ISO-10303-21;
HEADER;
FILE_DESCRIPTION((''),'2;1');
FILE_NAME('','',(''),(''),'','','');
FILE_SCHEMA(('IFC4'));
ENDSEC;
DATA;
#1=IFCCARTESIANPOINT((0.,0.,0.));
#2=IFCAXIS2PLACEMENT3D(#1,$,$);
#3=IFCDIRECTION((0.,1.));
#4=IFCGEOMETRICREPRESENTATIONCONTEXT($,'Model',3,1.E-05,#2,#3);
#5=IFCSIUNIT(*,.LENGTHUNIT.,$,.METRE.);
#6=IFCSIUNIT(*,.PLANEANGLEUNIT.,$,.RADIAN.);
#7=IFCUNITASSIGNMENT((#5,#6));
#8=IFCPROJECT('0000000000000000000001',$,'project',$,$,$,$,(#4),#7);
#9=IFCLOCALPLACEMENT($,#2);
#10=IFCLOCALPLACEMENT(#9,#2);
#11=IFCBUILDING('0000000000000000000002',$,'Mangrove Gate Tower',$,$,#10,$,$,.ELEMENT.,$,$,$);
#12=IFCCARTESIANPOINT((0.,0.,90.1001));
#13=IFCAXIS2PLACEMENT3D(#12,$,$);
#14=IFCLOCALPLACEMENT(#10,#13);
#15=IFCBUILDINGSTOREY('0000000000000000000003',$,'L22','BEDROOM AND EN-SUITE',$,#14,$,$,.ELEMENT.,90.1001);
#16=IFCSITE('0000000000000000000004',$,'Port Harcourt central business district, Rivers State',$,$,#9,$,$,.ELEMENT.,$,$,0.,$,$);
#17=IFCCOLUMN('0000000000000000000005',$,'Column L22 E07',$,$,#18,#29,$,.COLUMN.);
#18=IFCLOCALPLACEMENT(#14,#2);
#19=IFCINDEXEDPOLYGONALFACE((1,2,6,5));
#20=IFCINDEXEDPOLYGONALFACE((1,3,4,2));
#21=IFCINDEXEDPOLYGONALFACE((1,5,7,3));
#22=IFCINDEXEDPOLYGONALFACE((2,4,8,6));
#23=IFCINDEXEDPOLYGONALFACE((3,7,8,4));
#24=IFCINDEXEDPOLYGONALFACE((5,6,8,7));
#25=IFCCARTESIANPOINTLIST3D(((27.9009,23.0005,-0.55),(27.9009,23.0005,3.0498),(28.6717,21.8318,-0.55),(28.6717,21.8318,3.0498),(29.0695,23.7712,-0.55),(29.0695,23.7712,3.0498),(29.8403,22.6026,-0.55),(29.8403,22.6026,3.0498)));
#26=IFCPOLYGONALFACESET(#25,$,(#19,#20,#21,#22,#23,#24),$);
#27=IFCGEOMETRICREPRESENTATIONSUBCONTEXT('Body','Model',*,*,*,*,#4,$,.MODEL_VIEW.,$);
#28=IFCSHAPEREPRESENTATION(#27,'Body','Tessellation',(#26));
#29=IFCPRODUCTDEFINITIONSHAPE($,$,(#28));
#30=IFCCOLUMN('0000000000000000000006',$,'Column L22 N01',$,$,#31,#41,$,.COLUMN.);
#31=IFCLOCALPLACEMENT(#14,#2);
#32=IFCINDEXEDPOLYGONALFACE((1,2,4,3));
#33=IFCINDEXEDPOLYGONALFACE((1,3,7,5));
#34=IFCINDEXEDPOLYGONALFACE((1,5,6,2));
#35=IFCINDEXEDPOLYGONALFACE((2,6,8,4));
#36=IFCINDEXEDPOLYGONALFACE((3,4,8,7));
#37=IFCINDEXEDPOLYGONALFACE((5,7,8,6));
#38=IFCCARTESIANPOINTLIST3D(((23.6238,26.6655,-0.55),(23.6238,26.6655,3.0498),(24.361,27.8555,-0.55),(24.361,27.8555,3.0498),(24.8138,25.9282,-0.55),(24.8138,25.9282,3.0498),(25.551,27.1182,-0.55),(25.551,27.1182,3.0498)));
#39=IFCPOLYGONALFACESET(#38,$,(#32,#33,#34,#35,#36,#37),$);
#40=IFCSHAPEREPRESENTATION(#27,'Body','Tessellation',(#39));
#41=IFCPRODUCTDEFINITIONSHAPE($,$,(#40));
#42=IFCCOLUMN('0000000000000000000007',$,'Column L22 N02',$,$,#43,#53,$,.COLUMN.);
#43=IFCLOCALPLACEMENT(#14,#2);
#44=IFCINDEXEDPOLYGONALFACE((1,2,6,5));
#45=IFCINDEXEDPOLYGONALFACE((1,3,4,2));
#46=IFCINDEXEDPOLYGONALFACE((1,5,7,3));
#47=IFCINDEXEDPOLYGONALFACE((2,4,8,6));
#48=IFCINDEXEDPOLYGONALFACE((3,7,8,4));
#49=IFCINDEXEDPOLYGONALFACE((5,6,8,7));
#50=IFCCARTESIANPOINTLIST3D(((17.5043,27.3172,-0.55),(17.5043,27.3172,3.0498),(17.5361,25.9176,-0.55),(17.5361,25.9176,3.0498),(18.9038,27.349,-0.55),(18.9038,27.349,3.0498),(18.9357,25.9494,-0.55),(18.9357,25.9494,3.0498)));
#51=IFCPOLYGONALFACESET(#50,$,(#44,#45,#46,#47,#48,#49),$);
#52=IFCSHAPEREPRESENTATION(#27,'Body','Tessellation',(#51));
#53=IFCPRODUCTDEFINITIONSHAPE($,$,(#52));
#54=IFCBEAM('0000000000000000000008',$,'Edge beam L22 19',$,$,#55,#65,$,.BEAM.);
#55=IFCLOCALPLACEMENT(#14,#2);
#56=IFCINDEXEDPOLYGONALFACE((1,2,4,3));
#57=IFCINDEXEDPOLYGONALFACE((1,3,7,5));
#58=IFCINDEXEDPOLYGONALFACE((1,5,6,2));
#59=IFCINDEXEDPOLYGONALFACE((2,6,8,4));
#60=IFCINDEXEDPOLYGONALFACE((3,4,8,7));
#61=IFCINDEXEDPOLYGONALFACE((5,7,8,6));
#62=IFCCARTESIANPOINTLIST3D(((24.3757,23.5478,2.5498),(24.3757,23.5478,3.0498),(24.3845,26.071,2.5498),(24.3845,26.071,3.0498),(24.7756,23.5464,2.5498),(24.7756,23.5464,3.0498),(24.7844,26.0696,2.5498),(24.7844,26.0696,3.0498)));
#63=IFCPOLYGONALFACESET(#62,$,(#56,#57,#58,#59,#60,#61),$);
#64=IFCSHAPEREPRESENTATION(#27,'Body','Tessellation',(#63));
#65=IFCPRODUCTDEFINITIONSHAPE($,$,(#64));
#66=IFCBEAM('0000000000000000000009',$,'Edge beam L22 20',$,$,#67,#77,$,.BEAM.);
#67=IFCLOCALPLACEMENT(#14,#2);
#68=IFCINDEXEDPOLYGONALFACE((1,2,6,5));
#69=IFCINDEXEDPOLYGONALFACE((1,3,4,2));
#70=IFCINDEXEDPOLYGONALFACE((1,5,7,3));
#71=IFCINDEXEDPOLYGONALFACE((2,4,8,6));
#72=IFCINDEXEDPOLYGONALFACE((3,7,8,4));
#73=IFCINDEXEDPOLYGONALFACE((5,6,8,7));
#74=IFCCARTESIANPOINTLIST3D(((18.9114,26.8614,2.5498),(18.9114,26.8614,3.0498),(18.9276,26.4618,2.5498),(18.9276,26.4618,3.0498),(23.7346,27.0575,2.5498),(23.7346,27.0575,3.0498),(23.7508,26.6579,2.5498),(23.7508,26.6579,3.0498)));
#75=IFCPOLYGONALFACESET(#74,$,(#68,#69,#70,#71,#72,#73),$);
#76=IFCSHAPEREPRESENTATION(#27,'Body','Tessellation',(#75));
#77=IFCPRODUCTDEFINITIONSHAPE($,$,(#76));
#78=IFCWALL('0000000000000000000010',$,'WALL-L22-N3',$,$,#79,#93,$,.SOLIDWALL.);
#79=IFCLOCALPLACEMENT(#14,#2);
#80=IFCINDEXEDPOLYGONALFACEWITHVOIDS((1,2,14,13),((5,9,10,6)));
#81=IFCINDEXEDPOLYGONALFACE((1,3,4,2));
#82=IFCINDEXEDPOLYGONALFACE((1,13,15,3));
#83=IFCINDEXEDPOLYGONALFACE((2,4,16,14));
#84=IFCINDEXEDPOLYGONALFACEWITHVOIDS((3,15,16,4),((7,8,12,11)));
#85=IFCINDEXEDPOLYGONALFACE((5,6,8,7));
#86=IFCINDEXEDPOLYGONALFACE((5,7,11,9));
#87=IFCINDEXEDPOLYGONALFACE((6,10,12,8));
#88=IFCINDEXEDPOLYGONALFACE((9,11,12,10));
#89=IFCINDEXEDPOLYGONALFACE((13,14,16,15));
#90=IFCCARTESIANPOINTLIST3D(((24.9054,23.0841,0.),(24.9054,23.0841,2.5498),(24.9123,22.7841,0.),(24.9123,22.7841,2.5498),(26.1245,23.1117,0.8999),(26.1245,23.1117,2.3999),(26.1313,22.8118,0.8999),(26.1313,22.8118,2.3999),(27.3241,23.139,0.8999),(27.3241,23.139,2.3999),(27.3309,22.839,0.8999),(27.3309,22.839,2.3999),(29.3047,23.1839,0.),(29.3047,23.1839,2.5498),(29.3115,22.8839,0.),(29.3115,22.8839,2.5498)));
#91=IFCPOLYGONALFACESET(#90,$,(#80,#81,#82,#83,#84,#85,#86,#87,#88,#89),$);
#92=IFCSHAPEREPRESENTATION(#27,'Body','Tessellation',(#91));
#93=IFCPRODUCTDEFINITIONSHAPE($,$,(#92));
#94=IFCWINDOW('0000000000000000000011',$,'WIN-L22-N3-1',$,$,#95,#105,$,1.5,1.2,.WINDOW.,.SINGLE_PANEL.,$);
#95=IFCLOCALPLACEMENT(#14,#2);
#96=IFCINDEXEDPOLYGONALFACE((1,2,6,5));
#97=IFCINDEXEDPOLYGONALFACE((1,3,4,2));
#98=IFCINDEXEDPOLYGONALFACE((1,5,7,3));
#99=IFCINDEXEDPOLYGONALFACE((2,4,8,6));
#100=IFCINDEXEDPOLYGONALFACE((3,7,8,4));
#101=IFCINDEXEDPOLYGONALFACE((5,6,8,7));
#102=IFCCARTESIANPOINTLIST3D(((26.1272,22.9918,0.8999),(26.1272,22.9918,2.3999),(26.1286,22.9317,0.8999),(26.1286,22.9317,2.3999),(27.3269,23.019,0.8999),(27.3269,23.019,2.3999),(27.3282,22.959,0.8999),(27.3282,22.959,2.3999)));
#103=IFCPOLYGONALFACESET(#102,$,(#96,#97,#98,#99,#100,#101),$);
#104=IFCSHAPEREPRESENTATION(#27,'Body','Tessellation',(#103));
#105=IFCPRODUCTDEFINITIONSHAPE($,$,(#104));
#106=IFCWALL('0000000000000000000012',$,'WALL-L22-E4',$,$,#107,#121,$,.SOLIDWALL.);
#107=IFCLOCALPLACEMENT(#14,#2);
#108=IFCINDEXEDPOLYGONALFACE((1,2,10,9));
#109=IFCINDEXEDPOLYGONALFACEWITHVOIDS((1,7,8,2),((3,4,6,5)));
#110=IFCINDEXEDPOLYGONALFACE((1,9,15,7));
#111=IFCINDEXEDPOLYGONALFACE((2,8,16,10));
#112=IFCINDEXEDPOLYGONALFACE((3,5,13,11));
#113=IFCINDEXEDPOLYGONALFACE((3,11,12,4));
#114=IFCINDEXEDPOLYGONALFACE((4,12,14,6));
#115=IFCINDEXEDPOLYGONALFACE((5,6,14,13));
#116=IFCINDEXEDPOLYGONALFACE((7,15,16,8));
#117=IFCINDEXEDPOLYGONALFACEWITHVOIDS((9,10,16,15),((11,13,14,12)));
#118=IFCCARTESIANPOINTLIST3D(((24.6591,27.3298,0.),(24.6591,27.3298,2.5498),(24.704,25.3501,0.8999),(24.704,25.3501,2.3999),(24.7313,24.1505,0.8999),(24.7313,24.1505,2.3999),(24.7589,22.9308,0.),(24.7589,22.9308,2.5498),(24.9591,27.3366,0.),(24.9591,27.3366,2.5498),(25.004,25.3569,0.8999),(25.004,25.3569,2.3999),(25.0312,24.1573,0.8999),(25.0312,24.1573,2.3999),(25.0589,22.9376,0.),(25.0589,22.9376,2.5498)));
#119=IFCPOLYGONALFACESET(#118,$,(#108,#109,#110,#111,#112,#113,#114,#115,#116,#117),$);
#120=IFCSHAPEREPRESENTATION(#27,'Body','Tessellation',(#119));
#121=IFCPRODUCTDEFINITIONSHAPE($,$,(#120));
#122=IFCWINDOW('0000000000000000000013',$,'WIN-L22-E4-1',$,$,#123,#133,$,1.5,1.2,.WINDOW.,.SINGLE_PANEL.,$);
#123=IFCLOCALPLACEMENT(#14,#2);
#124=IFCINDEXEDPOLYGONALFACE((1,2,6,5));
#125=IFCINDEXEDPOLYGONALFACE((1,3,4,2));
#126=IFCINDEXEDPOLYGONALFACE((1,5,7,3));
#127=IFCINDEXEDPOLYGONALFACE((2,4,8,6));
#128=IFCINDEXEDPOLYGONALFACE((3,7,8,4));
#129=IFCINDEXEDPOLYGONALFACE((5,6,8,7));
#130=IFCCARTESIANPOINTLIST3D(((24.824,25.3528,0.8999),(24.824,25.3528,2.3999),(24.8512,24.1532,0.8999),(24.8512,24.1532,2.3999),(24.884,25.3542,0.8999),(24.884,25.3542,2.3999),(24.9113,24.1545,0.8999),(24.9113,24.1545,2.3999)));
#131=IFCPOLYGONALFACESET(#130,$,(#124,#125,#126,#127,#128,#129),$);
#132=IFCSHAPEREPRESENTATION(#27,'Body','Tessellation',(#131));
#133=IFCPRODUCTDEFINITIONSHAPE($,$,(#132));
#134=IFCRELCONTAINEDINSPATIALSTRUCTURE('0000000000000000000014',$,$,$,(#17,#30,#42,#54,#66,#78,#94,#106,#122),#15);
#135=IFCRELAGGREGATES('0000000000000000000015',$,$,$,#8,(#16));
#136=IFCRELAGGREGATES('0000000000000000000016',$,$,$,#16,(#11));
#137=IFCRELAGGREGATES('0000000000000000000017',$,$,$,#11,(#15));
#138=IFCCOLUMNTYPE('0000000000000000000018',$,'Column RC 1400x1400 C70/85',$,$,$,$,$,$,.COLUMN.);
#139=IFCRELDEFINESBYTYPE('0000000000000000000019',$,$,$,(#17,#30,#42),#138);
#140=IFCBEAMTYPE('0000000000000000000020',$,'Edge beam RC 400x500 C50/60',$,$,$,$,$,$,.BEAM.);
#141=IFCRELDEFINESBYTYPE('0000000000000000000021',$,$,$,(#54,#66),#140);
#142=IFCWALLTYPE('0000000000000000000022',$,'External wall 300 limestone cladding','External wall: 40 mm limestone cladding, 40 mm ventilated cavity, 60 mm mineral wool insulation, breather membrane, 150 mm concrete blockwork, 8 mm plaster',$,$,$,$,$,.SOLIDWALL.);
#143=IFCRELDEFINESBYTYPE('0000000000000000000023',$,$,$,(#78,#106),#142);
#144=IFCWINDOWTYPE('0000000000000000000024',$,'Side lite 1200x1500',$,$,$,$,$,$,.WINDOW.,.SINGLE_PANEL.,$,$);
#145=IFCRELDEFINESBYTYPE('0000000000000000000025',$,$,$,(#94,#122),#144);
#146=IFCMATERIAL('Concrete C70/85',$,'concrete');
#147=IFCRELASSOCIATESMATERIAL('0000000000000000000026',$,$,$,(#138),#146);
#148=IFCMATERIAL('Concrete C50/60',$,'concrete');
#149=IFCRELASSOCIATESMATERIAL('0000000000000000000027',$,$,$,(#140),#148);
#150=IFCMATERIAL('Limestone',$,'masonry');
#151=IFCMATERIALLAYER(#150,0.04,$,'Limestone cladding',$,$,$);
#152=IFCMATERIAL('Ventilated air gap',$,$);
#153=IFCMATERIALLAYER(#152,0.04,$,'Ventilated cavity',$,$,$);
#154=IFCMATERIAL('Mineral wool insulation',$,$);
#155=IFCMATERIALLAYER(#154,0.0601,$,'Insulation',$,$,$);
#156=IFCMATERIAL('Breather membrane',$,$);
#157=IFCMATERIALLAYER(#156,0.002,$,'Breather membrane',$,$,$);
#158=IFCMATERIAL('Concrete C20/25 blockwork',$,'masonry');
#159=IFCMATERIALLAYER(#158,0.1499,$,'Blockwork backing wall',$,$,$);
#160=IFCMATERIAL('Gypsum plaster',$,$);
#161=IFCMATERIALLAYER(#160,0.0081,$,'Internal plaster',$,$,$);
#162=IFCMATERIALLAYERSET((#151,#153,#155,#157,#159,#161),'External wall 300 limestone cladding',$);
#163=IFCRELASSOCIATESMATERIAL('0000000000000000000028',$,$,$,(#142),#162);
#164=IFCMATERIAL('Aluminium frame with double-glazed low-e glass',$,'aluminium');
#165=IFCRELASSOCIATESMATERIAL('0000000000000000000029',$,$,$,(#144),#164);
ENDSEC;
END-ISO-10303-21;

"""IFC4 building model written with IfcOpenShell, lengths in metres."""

from ifc_helpers import new_model, si_unit, direction, frame, frame_2d, origin, origin_2d, place, context, subcontext, project, spatial, rectangle, extrude, material, layer, layer_set, material_profile, profile_set, type_object, element, fill, save


model = new_model("IFC4")

# Units and contexts
model_context = context("Model", 3, precision=1e-05, world=origin(), true_north=direction((0.0, 1.0)))
body_context = subcontext(model_context, "Body", "Model", "MODEL_VIEW")
ifc_project = project(units=[si_unit("LENGTHUNIT", "METRE"), si_unit("PLANEANGLEUNIT", "RADIAN")], contexts=[model_context])

# Site, building, storey
site_placement = place(None, origin())
site = spatial("IfcSite", under=ifc_project, at=site_placement, Name="Port Harcourt central business district, Rivers State", CompositionType="ELEMENT", RefElevation=0.0)
building_placement = place(site_placement, origin())
building = spatial("IfcBuilding", under=site, at=building_placement, Name="Mangrove Gate Tower", CompositionType="ELEMENT")
storey_placement = place(building_placement, frame((0.0, 0.0, 90.1001)))
storey = spatial("IfcBuildingStorey", under=building, at=storey_placement, Name="L22", Description="BEDROOM AND EN-SUITE", CompositionType="ELEMENT", Elevation=90.1001)

# Columns
ifc_material_1 = material(Name="Concrete C70/85", Category="concrete")
ifc_material_profile_1 = material_profile(ifc_material_1, rectangle(XDim=1.3999, YDim=1.3999, at=origin_2d()))
ifc_profile_set_1 = profile_set([ifc_material_profile_1], Name="Concrete C70/85")
column_type = type_object("IfcColumnType", Name="Column RC 1400x1400 C70/85", PredefinedType="COLUMN", material=ifc_profile_set_1)
for number, where, z_axis, x_axis, name in (
    (1, (28.8706, 22.8015, -0.55), (0.0, 0.0, 1.0), (-0.550568, 0.83479, 0.0), "Column L22 E07"),
    (2, (24.5874, 26.8918, -0.55), (0.0, 0.0, 1.0), (-0.850083, 0.526649, 0.0), "Column L22 N01"),
    (3, (18.22, 26.6333, -0.55), (0.0, 0.0, 1.0), (-0.999742, -0.02273, 0.0), "Column L22 N02"),
):
    element("IfcColumn", number, at=place(storey_placement, frame(where, z_axis=z_axis, x_axis=x_axis)), inside=storey, type_object=column_type, Name=name, PredefinedType="COLUMN", context=body_context, shape_type="SweptSolid", body=[
        extrude(rectangle(XDim=1.3999, YDim=1.3999, at=origin_2d()), origin(), (0.0, 0.0, 1.0), 3.5999),
    ])

# Beams
ifc_material_2 = material(Name="Concrete C50/60", Category="concrete")
ifc_material_profile_2 = material_profile(ifc_material_2, rectangle(XDim=0.3999, YDim=0.5, at=origin_2d()))
ifc_profile_set_2 = profile_set([ifc_material_profile_2], Name="Concrete C50/60")
beam_type = type_object("IfcBeamType", Name="Edge beam RC 400x500 C50/60", PredefinedType="BEAM", material=ifc_profile_set_2)
beam_1_placement = place(storey_placement, frame((24.5757, 23.5471, 2.7998), z_axis=(0.003483, 0.999994, 0.0), x_axis=(-0.999994, 0.003483, 0.0)))
element("IfcBeam", 4, at=beam_1_placement, inside=storey, type_object=beam_type, Name="Edge beam L22 19", PredefinedType="BEAM", context=body_context, shape_type="SweptSolid", body=[
    extrude(rectangle(XDim=0.3999, YDim=0.5, at=origin_2d()), origin(), (0.0, 0.0, 1.0), 2.5232),
])
beam_2_placement = place(storey_placement, frame((23.7427, 26.8577, 2.7998), z_axis=(-0.999175, -0.040612, 0.0), x_axis=(0.040612, -0.999175, 0.0)))
element("IfcBeam", 5, at=beam_2_placement, inside=storey, type_object=beam_type, Name="Edge beam L22 20", PredefinedType="BEAM", context=body_context, shape_type="SweptSolid", body=[
    extrude(rectangle(XDim=0.3999, YDim=0.5, at=origin_2d()), origin(), (0.0, 0.0, 1.0), 4.8271),
])

# Walls, openings, windows
ifc_material_3 = material(Name="Limestone", Category="masonry")
ifc_layer_1 = layer(ifc_material_3, 0.04, Name="Limestone cladding")
ifc_material_4 = material(Name="Ventilated air gap")
ifc_layer_2 = layer(ifc_material_4, 0.04, Name="Ventilated cavity")
ifc_material_5 = material(Name="Mineral wool insulation")
ifc_layer_3 = layer(ifc_material_5, 0.0601, Name="Insulation")
ifc_material_6 = material(Name="Breather membrane")
ifc_layer_4 = layer(ifc_material_6, 0.002, Name="Breather membrane")
ifc_material_7 = material(Name="Concrete C20/25 blockwork", Category="masonry")
ifc_layer_5 = layer(ifc_material_7, 0.1499, Name="Blockwork backing wall")
ifc_material_8 = material(Name="Gypsum plaster")
ifc_layer_6 = layer(ifc_material_8, 0.0081, Name="Internal plaster")
ifc_layer_set = layer_set([ifc_layer_1, ifc_layer_2, ifc_layer_3, ifc_layer_4, ifc_layer_5, ifc_layer_6], Name="External wall 300 limestone cladding")
wall_type = type_object("IfcWallType", Name="External wall 300 limestone cladding", Description="External wall: 40 mm limestone cladding, 40 mm ventilated cavity, 60 mm mineral wool insulation, breather membrane, 150 mm concrete blockwork, 8 mm plaster", PredefinedType="SOLIDWALL", material=ifc_layer_set)
wall_1_placement = place(storey_placement, frame((29.3081, 23.0339, 0.0), z_axis=(0.0, 0.0, 1.0), x_axis=(-0.999742, -0.022692, 0.0)))
wall_1 = element("IfcWall", 6, at=wall_1_placement, inside=storey, type_object=wall_type, Name="WALL-L22-N3", PredefinedType="SOLIDWALL", context=body_context, shape_type="SweptSolid", body=[
    extrude(rectangle(XDim=4.4004, YDim=0.3, at=frame_2d((2.2002, 0.0))), origin(), (0.0, 0.0, 1.0), 2.5498),
])
opening_1_placement = place(wall_1_placement, frame((1.981, 0.0, 0.8999)))
opening_1 = element("IfcOpeningElement", 7, at=opening_1_placement, cuts=wall_1, PredefinedType="OPENING", context=body_context, shape_type="SweptSolid", body=[
    extrude(rectangle(XDim=1.2, YDim=1.5, at=frame_2d((0.6001, 0.75))), frame((0.0, 0.1599, 0.0), z_axis=(0.0, -1.0, 0.0), x_axis=(1.0, 0.0, 0.0)), (0.0, 0.0, 1.0), 0.3201),
])
ifc_material_9 = material(Name="Aluminium frame with double-glazed low-e glass", Category="aluminium")
window_type_1 = type_object("IfcWindowType", Name="Side lite 1200x1500", PartitioningType="SINGLE_PANEL", PredefinedType="WINDOW", material=ifc_material_9)
window_1_placement = place(opening_1_placement, origin())
window_1 = element("IfcWindow", 8, at=window_1_placement, inside=storey, type_object=window_type_1, Name="WIN-L22-N3-1", OverallHeight=1.5, OverallWidth=1.2, PartitioningType="SINGLE_PANEL", PredefinedType="WINDOW", context=body_context, shape_type="SweptSolid", body=[
    extrude(rectangle(XDim=1.2, YDim=1.5, at=frame_2d((0.6001, 0.75))), frame((0.0, 0.03, 0.0), z_axis=(0.0, -1.0, 0.0), x_axis=(1.0, 0.0, 0.0)), (0.0, 0.0, 1.0), 0.0601),
])
fill(opening_1, window_1)
wall_2_placement = place(storey_placement, frame((24.9089, 22.9341, 0.0), z_axis=(0.0, 0.0, 1.0), x_axis=(-0.022694, 0.999742, 0.0)))
wall_2 = element("IfcWall", 9, at=wall_2_placement, inside=storey, type_object=wall_type, Name="WALL-L22-E4", PredefinedType="SOLIDWALL", context=body_context, shape_type="SweptSolid", body=[
    extrude(rectangle(XDim=4.4001, YDim=0.3, at=frame_2d((2.2002, 0.0))), origin(), (0.0, 0.0, 1.0), 2.5498),
])
opening_2_placement = place(wall_2_placement, frame((1.22, 0.0, 0.8999)))
opening_2 = element("IfcOpeningElement", 10, at=opening_2_placement, cuts=wall_2, PredefinedType="OPENING", context=body_context, shape_type="SweptSolid", body=[
    extrude(rectangle(XDim=1.2, YDim=1.5, at=frame_2d((0.6001, 0.75))), frame((0.0, 0.1599, 0.0), z_axis=(0.0, -1.0, 0.0), x_axis=(1.0, 0.0, 0.0)), (0.0, 0.0, 1.0), 0.3201),
])
window_2_placement = place(opening_2_placement, origin())
window_2 = element("IfcWindow", 11, at=window_2_placement, inside=storey, type_object=window_type_1, Name="WIN-L22-E4-1", OverallHeight=1.5, OverallWidth=1.2, PartitioningType="SINGLE_PANEL", PredefinedType="WINDOW", context=body_context, shape_type="SweptSolid", body=[
    extrude(rectangle(XDim=1.2, YDim=1.5, at=frame_2d((0.6001, 0.75))), frame((0.0, 0.03, 0.0), z_axis=(0.0, -1.0, 0.0), x_axis=(1.0, 0.0, 0.0)), (0.0, 0.0, 1.0), 0.0601),
])
fill(opening_2, window_2)

save(model, "model.ifc")
